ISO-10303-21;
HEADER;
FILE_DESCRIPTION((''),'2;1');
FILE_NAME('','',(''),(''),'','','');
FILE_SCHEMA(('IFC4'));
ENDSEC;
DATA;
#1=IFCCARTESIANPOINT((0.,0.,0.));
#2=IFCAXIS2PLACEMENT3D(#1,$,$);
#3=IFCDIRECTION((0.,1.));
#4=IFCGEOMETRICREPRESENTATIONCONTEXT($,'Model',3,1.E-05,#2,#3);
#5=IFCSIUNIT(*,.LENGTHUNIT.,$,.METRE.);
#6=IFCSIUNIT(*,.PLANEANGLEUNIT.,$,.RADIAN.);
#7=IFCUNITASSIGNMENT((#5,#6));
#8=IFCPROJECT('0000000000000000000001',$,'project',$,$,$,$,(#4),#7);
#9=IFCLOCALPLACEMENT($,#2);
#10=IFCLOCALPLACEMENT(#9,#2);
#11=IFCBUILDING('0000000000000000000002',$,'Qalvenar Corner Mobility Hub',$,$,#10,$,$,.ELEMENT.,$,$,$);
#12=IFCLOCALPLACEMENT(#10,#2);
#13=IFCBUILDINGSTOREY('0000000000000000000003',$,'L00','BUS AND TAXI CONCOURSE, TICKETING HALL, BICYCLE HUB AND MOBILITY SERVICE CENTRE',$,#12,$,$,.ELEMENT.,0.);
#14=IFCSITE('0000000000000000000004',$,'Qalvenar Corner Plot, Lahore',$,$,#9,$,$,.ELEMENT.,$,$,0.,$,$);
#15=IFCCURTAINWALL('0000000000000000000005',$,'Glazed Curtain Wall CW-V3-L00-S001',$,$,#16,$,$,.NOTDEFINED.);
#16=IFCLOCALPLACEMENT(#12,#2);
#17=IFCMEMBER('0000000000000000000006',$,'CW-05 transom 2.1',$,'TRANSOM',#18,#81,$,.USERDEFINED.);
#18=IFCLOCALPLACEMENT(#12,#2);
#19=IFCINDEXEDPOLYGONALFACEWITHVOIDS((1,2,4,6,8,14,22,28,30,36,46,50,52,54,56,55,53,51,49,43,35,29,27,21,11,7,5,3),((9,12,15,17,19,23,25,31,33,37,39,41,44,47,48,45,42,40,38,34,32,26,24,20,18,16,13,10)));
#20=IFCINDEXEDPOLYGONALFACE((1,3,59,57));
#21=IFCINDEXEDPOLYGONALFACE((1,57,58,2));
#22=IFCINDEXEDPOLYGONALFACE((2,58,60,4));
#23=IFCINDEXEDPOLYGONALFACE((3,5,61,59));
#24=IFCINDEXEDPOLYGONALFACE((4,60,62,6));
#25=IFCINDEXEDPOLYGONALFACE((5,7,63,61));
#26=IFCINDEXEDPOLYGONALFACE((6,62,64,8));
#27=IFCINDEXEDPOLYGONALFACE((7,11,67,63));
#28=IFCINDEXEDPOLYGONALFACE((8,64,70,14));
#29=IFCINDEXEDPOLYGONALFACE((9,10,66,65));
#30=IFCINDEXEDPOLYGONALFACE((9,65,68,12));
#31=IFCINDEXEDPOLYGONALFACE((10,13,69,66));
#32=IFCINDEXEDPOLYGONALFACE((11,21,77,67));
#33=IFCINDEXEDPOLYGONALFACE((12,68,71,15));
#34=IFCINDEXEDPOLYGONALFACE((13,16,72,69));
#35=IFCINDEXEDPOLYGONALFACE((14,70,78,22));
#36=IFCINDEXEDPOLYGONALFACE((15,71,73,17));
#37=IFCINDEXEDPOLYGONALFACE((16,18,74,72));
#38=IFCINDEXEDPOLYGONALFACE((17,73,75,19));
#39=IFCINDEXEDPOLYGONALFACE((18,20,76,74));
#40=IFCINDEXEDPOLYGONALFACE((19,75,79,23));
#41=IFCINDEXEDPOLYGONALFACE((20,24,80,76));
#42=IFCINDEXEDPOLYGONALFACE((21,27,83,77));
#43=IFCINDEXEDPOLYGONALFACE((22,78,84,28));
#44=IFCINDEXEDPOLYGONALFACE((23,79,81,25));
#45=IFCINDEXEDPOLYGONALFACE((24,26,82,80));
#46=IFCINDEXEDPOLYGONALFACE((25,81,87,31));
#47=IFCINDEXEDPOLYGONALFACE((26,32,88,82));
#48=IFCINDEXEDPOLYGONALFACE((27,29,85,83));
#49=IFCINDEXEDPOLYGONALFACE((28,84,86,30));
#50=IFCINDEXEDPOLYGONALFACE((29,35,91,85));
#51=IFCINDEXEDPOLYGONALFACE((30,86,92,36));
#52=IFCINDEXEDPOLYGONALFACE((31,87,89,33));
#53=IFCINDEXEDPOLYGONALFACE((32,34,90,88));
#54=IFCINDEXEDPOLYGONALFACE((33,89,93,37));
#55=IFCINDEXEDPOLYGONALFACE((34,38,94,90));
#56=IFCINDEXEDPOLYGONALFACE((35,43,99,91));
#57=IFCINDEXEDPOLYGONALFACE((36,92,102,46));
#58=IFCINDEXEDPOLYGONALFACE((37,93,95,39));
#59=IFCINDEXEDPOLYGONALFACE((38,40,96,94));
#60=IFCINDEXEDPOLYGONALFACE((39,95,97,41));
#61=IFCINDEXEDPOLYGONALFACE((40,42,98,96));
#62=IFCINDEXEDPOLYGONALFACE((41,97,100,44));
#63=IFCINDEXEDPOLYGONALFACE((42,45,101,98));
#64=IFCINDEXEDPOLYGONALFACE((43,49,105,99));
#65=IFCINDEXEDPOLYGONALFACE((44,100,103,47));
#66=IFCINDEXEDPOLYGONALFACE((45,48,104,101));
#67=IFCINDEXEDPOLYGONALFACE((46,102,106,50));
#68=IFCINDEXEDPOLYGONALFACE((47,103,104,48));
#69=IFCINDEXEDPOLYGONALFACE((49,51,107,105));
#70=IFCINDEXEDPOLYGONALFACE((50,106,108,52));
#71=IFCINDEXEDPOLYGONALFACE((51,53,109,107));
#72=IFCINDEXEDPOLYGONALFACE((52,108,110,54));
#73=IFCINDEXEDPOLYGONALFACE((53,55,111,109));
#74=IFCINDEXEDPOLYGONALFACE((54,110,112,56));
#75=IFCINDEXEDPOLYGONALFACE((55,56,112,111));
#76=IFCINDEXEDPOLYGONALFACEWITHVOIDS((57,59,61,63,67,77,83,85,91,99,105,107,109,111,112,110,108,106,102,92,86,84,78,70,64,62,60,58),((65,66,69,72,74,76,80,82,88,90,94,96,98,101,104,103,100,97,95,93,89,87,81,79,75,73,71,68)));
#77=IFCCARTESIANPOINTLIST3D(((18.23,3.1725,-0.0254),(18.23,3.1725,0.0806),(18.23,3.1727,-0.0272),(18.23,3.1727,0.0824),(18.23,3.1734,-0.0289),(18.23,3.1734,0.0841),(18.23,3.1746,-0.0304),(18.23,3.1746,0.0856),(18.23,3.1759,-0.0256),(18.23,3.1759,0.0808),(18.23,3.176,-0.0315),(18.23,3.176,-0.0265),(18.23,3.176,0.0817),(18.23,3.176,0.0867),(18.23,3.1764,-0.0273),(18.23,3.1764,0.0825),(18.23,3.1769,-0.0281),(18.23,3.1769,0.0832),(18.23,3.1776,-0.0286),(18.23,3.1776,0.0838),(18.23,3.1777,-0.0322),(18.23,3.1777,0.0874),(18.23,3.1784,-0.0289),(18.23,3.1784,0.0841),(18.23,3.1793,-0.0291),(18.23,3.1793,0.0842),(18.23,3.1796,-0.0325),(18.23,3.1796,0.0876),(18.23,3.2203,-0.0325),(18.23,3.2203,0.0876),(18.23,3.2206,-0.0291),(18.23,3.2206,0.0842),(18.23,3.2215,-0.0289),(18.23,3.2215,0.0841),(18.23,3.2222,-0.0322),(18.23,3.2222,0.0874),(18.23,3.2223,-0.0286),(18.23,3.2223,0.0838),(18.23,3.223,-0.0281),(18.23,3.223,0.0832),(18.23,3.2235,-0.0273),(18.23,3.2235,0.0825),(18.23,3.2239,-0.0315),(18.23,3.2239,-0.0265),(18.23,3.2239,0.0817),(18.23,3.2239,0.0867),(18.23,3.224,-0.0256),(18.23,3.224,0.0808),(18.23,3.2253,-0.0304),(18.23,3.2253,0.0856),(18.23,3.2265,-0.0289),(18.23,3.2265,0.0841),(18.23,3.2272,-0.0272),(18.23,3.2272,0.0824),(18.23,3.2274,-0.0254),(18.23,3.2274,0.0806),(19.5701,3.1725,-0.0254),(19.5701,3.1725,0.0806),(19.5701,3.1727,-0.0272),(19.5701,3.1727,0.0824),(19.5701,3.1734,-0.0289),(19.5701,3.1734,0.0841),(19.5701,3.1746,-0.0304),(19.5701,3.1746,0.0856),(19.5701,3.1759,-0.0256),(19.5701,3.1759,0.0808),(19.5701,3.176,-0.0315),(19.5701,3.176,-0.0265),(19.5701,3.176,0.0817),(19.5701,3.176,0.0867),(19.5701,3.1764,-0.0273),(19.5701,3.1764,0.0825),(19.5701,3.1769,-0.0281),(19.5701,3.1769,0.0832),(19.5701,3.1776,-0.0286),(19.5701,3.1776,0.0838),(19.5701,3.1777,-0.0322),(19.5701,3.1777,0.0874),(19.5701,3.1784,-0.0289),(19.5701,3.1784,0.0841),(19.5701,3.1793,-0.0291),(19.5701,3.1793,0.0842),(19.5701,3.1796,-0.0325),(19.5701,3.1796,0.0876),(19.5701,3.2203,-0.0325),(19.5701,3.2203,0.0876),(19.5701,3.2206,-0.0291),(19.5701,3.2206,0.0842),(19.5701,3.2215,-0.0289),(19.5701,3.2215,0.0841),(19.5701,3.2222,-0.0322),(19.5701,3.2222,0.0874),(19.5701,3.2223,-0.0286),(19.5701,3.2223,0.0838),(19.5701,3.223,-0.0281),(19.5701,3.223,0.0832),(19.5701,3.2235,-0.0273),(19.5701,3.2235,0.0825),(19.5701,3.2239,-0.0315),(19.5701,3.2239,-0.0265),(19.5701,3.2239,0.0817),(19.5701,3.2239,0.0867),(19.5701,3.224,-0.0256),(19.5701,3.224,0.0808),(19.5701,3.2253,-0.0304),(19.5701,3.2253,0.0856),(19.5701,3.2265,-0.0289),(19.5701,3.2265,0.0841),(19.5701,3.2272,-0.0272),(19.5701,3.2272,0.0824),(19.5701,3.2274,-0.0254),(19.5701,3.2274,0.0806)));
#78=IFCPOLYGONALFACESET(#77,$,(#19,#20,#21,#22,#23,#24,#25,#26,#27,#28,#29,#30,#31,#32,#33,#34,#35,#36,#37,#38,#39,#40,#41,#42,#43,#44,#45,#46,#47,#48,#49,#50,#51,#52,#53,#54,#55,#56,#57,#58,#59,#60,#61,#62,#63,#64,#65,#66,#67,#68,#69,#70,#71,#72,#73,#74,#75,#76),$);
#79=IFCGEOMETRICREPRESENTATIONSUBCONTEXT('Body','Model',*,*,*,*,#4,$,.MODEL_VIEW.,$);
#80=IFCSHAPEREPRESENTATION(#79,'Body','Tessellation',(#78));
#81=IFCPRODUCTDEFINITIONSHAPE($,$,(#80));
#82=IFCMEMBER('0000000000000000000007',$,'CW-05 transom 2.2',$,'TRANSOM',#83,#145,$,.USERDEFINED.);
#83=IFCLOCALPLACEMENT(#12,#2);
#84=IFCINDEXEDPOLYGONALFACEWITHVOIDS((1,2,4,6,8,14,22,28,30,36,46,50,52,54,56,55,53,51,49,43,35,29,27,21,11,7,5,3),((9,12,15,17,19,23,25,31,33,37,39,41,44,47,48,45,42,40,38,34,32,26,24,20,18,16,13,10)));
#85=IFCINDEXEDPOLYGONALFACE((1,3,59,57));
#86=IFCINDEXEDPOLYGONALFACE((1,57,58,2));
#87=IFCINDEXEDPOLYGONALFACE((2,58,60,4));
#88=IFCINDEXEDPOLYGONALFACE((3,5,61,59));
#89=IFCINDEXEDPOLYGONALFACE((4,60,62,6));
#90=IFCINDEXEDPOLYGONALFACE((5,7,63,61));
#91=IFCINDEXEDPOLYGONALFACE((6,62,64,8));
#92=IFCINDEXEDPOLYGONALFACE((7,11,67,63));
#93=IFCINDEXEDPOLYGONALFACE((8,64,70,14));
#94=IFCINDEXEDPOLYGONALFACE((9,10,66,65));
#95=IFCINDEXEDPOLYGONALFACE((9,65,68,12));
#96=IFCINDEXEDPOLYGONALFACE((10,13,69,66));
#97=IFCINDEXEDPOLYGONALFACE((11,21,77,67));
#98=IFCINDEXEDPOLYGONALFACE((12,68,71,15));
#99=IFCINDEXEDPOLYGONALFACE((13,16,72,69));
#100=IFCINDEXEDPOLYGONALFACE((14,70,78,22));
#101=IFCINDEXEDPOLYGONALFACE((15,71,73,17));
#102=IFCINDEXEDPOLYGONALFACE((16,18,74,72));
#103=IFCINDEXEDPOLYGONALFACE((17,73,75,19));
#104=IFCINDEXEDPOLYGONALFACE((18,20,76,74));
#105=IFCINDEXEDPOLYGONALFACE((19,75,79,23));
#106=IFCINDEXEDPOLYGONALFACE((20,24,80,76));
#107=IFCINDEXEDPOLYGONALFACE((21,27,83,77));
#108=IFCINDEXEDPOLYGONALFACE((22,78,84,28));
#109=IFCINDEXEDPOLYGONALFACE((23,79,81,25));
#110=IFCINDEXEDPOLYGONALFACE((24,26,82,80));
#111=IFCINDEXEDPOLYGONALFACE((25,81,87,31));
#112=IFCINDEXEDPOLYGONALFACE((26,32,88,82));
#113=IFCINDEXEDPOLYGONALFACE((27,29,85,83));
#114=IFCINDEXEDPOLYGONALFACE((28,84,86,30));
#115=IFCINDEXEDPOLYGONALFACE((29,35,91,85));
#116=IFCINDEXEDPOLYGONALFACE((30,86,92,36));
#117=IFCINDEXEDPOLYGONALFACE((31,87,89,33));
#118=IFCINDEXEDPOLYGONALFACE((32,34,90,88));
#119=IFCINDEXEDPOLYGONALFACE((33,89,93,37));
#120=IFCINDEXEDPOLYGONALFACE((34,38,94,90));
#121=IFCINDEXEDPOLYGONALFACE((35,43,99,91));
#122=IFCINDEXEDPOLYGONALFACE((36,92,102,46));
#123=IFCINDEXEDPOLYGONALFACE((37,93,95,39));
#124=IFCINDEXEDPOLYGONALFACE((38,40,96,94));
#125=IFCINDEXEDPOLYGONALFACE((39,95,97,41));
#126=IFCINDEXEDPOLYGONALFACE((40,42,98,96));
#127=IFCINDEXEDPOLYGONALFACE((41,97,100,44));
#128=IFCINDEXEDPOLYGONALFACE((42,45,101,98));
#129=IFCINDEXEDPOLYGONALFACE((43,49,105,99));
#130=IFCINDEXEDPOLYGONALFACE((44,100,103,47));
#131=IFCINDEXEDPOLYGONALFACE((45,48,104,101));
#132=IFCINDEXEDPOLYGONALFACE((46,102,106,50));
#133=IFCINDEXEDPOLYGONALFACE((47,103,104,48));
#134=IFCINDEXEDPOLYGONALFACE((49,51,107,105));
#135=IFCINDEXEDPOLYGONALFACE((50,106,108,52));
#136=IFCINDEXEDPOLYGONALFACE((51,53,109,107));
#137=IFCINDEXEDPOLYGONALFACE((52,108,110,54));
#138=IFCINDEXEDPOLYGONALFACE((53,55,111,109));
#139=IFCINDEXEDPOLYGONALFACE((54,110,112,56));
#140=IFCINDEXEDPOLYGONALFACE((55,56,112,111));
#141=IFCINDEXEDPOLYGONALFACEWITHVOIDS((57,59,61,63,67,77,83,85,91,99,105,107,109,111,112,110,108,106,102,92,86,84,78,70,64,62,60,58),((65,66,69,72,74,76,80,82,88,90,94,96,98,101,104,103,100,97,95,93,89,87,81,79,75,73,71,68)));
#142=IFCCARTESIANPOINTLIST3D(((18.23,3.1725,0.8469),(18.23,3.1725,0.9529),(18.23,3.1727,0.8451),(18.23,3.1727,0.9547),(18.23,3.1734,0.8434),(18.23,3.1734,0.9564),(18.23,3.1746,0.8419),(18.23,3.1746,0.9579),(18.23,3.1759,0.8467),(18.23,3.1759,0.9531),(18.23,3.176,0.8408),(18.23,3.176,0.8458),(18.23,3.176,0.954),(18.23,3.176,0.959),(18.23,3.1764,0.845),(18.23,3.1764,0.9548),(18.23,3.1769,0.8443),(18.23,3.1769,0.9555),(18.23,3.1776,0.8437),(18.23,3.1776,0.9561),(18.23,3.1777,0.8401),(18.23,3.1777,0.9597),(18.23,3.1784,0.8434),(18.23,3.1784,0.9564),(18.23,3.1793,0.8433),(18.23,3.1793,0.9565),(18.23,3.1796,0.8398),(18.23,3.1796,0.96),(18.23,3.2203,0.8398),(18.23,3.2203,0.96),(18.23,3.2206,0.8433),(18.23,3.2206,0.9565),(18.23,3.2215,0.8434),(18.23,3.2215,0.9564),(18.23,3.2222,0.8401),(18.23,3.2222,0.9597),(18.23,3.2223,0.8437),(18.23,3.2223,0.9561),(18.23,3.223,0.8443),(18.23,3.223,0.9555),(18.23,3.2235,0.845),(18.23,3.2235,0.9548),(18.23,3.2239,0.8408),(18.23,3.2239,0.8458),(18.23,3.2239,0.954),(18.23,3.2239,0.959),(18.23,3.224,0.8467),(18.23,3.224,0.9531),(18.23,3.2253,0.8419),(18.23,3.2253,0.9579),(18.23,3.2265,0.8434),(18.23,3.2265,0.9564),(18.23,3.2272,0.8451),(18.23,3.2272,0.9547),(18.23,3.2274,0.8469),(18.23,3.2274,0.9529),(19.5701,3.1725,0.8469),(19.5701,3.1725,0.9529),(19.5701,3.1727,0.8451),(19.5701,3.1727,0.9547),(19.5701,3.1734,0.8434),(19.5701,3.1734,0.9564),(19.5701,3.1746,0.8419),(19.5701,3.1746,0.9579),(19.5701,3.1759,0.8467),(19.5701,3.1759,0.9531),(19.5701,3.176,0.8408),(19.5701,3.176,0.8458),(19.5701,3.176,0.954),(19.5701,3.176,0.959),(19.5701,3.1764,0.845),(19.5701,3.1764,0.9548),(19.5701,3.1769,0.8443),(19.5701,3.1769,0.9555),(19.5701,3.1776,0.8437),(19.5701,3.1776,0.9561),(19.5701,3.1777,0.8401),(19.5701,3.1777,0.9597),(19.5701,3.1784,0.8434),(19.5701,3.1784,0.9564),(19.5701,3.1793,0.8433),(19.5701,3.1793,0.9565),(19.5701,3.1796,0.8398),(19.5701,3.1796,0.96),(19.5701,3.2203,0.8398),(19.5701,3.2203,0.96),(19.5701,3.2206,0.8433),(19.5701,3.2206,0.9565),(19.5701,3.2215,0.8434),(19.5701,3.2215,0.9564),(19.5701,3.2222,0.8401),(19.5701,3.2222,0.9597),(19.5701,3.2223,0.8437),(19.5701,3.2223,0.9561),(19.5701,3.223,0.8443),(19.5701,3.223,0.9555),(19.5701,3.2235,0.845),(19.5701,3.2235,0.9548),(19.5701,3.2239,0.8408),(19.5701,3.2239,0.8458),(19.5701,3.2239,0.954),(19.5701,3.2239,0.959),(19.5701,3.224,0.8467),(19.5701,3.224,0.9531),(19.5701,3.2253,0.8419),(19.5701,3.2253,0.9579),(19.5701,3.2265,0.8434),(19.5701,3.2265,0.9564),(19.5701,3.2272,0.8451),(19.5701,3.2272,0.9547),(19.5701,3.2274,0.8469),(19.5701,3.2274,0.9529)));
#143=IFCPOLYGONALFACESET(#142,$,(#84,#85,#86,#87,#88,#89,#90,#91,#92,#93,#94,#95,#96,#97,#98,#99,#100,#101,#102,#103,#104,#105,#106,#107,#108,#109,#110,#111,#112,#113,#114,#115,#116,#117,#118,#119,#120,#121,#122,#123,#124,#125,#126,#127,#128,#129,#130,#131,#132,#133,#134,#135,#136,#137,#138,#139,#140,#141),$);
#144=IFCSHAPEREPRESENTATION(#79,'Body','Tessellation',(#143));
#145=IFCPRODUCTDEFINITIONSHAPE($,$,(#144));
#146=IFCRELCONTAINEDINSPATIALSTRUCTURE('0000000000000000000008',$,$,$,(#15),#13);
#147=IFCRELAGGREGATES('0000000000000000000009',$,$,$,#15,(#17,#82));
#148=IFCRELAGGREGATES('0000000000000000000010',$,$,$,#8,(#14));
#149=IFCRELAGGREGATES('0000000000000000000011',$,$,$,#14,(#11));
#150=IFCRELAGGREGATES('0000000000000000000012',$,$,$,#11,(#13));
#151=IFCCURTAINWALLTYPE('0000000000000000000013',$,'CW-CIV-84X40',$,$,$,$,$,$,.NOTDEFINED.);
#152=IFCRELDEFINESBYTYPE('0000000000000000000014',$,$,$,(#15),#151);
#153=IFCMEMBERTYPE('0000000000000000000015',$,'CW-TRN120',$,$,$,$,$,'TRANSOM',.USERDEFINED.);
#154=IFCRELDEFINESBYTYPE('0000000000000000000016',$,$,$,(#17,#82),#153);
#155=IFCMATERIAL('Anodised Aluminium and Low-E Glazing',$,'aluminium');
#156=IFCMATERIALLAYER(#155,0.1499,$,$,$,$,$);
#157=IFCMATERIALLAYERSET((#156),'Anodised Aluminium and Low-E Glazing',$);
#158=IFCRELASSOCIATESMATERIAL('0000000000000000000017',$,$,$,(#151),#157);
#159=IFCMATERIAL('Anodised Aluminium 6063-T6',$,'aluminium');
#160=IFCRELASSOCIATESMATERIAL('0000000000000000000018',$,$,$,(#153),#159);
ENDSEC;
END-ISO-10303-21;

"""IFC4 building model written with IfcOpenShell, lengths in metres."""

from ifc_helpers import new_model, si_unit, direction, frame, origin, origin_2d, place, context, subcontext, project, spatial, hollow_rectangle, extrude, material, layer, layer_set, material_profile, profile_set, type_object, element, aggregate, save


model = new_model("IFC4")

# Units and contexts
model_context = context("Model", 3, precision=1e-05, world=origin(), true_north=direction((0.0, 1.0)))
body_context = subcontext(model_context, "Body", "Model", "MODEL_VIEW")
ifc_project = project(units=[si_unit("LENGTHUNIT", "METRE"), si_unit("PLANEANGLEUNIT", "RADIAN")], contexts=[model_context])

# Site, building, storey
site_placement = place(None, origin())
site = spatial("IfcSite", under=ifc_project, at=site_placement, Name="Qalvenar Corner Plot, Lahore", CompositionType="ELEMENT", RefElevation=0.0)
building_placement = place(site_placement, origin())
building = spatial("IfcBuilding", under=site, at=building_placement, Name="Qalvenar Corner Mobility Hub", CompositionType="ELEMENT")
storey_placement = place(building_placement, origin())
storey = spatial("IfcBuildingStorey", under=building, at=storey_placement, Name="L00", Description="BUS AND TAXI CONCOURSE, TICKETING HALL, BICYCLE HUB AND MOBILITY SERVICE CENTRE", CompositionType="ELEMENT", Elevation=0.0)

# Curtain wall, members
ifc_material_1 = material(Name="Anodised Aluminium and Low-E Glazing", Category="aluminium")
ifc_layer_1 = layer(ifc_material_1, 0.1499)
ifc_layer_set_1 = layer_set([ifc_layer_1], Name="Anodised Aluminium and Low-E Glazing")
curtain_wall_type = type_object("IfcCurtainWallType", Name="CW-CIV-84X40", PredefinedType="NOTDEFINED", material=ifc_layer_set_1)
curtain_wall_placement = place(storey_placement, origin())
curtain_wall = element("IfcCurtainWall", 1, at=curtain_wall_placement, inside=storey, type_object=curtain_wall_type, Name="Glazed Curtain Wall CW-V3-L00-S001", PredefinedType="NOTDEFINED")
ifc_material_2 = material(Name="Anodised Aluminium 6063-T6", Category="aluminium")
ifc_material_profile_1 = material_profile(ifc_material_2, hollow_rectangle(XDim=0.0549, YDim=0.1201, WallThickness=0.0034, InnerFilletRadius=0.0034, OuterFilletRadius=0.0071, at=origin_2d()), Name="RHS120x55x3.5")
ifc_profile_set_1 = profile_set([ifc_material_profile_1], Name="Anodised Aluminium 6063-T6")
member_type_1 = type_object("IfcMemberType", Name="CW-TRN120", ElementType="TRANSOM", PredefinedType="USERDEFINED", material=ifc_profile_set_1)
member_1_placement = place(storey_placement, frame((18.23, 3.2, 0.0276), z_axis=(1.0, 0.0, 0.0), x_axis=(0.0, 1.0, 0.0)))
member_1 = element("IfcMember", 2, at=member_1_placement, type_object=member_type_1, Name="CW-05 transom 2.1", ObjectType="TRANSOM", PredefinedType="USERDEFINED", context=body_context, shape_type="SweptSolid", body=[
    extrude(hollow_rectangle(XDim=0.0549, YDim=0.1201, WallThickness=0.0034, InnerFilletRadius=0.0034, OuterFilletRadius=0.0071, at=origin_2d()), origin(), (0.0, 0.0, 1.0), 1.3401),
])
member_2_placement = place(storey_placement, frame((18.23, 3.2, 0.8999), z_axis=(1.0, 0.0, 0.0), x_axis=(0.0, 1.0, 0.0)))
member_2 = element("IfcMember", 3, at=member_2_placement, type_object=member_type_1, Name="CW-05 transom 2.2", ObjectType="TRANSOM", PredefinedType="USERDEFINED", context=body_context, shape_type="SweptSolid", body=[
    extrude(hollow_rectangle(XDim=0.0549, YDim=0.1201, WallThickness=0.0034, InnerFilletRadius=0.0034, OuterFilletRadius=0.0071, at=origin_2d()), origin(), (0.0, 0.0, 1.0), 1.3401),
])
aggregate(curtain_wall, [member_1, member_2])

save(model, "model.ifc")
